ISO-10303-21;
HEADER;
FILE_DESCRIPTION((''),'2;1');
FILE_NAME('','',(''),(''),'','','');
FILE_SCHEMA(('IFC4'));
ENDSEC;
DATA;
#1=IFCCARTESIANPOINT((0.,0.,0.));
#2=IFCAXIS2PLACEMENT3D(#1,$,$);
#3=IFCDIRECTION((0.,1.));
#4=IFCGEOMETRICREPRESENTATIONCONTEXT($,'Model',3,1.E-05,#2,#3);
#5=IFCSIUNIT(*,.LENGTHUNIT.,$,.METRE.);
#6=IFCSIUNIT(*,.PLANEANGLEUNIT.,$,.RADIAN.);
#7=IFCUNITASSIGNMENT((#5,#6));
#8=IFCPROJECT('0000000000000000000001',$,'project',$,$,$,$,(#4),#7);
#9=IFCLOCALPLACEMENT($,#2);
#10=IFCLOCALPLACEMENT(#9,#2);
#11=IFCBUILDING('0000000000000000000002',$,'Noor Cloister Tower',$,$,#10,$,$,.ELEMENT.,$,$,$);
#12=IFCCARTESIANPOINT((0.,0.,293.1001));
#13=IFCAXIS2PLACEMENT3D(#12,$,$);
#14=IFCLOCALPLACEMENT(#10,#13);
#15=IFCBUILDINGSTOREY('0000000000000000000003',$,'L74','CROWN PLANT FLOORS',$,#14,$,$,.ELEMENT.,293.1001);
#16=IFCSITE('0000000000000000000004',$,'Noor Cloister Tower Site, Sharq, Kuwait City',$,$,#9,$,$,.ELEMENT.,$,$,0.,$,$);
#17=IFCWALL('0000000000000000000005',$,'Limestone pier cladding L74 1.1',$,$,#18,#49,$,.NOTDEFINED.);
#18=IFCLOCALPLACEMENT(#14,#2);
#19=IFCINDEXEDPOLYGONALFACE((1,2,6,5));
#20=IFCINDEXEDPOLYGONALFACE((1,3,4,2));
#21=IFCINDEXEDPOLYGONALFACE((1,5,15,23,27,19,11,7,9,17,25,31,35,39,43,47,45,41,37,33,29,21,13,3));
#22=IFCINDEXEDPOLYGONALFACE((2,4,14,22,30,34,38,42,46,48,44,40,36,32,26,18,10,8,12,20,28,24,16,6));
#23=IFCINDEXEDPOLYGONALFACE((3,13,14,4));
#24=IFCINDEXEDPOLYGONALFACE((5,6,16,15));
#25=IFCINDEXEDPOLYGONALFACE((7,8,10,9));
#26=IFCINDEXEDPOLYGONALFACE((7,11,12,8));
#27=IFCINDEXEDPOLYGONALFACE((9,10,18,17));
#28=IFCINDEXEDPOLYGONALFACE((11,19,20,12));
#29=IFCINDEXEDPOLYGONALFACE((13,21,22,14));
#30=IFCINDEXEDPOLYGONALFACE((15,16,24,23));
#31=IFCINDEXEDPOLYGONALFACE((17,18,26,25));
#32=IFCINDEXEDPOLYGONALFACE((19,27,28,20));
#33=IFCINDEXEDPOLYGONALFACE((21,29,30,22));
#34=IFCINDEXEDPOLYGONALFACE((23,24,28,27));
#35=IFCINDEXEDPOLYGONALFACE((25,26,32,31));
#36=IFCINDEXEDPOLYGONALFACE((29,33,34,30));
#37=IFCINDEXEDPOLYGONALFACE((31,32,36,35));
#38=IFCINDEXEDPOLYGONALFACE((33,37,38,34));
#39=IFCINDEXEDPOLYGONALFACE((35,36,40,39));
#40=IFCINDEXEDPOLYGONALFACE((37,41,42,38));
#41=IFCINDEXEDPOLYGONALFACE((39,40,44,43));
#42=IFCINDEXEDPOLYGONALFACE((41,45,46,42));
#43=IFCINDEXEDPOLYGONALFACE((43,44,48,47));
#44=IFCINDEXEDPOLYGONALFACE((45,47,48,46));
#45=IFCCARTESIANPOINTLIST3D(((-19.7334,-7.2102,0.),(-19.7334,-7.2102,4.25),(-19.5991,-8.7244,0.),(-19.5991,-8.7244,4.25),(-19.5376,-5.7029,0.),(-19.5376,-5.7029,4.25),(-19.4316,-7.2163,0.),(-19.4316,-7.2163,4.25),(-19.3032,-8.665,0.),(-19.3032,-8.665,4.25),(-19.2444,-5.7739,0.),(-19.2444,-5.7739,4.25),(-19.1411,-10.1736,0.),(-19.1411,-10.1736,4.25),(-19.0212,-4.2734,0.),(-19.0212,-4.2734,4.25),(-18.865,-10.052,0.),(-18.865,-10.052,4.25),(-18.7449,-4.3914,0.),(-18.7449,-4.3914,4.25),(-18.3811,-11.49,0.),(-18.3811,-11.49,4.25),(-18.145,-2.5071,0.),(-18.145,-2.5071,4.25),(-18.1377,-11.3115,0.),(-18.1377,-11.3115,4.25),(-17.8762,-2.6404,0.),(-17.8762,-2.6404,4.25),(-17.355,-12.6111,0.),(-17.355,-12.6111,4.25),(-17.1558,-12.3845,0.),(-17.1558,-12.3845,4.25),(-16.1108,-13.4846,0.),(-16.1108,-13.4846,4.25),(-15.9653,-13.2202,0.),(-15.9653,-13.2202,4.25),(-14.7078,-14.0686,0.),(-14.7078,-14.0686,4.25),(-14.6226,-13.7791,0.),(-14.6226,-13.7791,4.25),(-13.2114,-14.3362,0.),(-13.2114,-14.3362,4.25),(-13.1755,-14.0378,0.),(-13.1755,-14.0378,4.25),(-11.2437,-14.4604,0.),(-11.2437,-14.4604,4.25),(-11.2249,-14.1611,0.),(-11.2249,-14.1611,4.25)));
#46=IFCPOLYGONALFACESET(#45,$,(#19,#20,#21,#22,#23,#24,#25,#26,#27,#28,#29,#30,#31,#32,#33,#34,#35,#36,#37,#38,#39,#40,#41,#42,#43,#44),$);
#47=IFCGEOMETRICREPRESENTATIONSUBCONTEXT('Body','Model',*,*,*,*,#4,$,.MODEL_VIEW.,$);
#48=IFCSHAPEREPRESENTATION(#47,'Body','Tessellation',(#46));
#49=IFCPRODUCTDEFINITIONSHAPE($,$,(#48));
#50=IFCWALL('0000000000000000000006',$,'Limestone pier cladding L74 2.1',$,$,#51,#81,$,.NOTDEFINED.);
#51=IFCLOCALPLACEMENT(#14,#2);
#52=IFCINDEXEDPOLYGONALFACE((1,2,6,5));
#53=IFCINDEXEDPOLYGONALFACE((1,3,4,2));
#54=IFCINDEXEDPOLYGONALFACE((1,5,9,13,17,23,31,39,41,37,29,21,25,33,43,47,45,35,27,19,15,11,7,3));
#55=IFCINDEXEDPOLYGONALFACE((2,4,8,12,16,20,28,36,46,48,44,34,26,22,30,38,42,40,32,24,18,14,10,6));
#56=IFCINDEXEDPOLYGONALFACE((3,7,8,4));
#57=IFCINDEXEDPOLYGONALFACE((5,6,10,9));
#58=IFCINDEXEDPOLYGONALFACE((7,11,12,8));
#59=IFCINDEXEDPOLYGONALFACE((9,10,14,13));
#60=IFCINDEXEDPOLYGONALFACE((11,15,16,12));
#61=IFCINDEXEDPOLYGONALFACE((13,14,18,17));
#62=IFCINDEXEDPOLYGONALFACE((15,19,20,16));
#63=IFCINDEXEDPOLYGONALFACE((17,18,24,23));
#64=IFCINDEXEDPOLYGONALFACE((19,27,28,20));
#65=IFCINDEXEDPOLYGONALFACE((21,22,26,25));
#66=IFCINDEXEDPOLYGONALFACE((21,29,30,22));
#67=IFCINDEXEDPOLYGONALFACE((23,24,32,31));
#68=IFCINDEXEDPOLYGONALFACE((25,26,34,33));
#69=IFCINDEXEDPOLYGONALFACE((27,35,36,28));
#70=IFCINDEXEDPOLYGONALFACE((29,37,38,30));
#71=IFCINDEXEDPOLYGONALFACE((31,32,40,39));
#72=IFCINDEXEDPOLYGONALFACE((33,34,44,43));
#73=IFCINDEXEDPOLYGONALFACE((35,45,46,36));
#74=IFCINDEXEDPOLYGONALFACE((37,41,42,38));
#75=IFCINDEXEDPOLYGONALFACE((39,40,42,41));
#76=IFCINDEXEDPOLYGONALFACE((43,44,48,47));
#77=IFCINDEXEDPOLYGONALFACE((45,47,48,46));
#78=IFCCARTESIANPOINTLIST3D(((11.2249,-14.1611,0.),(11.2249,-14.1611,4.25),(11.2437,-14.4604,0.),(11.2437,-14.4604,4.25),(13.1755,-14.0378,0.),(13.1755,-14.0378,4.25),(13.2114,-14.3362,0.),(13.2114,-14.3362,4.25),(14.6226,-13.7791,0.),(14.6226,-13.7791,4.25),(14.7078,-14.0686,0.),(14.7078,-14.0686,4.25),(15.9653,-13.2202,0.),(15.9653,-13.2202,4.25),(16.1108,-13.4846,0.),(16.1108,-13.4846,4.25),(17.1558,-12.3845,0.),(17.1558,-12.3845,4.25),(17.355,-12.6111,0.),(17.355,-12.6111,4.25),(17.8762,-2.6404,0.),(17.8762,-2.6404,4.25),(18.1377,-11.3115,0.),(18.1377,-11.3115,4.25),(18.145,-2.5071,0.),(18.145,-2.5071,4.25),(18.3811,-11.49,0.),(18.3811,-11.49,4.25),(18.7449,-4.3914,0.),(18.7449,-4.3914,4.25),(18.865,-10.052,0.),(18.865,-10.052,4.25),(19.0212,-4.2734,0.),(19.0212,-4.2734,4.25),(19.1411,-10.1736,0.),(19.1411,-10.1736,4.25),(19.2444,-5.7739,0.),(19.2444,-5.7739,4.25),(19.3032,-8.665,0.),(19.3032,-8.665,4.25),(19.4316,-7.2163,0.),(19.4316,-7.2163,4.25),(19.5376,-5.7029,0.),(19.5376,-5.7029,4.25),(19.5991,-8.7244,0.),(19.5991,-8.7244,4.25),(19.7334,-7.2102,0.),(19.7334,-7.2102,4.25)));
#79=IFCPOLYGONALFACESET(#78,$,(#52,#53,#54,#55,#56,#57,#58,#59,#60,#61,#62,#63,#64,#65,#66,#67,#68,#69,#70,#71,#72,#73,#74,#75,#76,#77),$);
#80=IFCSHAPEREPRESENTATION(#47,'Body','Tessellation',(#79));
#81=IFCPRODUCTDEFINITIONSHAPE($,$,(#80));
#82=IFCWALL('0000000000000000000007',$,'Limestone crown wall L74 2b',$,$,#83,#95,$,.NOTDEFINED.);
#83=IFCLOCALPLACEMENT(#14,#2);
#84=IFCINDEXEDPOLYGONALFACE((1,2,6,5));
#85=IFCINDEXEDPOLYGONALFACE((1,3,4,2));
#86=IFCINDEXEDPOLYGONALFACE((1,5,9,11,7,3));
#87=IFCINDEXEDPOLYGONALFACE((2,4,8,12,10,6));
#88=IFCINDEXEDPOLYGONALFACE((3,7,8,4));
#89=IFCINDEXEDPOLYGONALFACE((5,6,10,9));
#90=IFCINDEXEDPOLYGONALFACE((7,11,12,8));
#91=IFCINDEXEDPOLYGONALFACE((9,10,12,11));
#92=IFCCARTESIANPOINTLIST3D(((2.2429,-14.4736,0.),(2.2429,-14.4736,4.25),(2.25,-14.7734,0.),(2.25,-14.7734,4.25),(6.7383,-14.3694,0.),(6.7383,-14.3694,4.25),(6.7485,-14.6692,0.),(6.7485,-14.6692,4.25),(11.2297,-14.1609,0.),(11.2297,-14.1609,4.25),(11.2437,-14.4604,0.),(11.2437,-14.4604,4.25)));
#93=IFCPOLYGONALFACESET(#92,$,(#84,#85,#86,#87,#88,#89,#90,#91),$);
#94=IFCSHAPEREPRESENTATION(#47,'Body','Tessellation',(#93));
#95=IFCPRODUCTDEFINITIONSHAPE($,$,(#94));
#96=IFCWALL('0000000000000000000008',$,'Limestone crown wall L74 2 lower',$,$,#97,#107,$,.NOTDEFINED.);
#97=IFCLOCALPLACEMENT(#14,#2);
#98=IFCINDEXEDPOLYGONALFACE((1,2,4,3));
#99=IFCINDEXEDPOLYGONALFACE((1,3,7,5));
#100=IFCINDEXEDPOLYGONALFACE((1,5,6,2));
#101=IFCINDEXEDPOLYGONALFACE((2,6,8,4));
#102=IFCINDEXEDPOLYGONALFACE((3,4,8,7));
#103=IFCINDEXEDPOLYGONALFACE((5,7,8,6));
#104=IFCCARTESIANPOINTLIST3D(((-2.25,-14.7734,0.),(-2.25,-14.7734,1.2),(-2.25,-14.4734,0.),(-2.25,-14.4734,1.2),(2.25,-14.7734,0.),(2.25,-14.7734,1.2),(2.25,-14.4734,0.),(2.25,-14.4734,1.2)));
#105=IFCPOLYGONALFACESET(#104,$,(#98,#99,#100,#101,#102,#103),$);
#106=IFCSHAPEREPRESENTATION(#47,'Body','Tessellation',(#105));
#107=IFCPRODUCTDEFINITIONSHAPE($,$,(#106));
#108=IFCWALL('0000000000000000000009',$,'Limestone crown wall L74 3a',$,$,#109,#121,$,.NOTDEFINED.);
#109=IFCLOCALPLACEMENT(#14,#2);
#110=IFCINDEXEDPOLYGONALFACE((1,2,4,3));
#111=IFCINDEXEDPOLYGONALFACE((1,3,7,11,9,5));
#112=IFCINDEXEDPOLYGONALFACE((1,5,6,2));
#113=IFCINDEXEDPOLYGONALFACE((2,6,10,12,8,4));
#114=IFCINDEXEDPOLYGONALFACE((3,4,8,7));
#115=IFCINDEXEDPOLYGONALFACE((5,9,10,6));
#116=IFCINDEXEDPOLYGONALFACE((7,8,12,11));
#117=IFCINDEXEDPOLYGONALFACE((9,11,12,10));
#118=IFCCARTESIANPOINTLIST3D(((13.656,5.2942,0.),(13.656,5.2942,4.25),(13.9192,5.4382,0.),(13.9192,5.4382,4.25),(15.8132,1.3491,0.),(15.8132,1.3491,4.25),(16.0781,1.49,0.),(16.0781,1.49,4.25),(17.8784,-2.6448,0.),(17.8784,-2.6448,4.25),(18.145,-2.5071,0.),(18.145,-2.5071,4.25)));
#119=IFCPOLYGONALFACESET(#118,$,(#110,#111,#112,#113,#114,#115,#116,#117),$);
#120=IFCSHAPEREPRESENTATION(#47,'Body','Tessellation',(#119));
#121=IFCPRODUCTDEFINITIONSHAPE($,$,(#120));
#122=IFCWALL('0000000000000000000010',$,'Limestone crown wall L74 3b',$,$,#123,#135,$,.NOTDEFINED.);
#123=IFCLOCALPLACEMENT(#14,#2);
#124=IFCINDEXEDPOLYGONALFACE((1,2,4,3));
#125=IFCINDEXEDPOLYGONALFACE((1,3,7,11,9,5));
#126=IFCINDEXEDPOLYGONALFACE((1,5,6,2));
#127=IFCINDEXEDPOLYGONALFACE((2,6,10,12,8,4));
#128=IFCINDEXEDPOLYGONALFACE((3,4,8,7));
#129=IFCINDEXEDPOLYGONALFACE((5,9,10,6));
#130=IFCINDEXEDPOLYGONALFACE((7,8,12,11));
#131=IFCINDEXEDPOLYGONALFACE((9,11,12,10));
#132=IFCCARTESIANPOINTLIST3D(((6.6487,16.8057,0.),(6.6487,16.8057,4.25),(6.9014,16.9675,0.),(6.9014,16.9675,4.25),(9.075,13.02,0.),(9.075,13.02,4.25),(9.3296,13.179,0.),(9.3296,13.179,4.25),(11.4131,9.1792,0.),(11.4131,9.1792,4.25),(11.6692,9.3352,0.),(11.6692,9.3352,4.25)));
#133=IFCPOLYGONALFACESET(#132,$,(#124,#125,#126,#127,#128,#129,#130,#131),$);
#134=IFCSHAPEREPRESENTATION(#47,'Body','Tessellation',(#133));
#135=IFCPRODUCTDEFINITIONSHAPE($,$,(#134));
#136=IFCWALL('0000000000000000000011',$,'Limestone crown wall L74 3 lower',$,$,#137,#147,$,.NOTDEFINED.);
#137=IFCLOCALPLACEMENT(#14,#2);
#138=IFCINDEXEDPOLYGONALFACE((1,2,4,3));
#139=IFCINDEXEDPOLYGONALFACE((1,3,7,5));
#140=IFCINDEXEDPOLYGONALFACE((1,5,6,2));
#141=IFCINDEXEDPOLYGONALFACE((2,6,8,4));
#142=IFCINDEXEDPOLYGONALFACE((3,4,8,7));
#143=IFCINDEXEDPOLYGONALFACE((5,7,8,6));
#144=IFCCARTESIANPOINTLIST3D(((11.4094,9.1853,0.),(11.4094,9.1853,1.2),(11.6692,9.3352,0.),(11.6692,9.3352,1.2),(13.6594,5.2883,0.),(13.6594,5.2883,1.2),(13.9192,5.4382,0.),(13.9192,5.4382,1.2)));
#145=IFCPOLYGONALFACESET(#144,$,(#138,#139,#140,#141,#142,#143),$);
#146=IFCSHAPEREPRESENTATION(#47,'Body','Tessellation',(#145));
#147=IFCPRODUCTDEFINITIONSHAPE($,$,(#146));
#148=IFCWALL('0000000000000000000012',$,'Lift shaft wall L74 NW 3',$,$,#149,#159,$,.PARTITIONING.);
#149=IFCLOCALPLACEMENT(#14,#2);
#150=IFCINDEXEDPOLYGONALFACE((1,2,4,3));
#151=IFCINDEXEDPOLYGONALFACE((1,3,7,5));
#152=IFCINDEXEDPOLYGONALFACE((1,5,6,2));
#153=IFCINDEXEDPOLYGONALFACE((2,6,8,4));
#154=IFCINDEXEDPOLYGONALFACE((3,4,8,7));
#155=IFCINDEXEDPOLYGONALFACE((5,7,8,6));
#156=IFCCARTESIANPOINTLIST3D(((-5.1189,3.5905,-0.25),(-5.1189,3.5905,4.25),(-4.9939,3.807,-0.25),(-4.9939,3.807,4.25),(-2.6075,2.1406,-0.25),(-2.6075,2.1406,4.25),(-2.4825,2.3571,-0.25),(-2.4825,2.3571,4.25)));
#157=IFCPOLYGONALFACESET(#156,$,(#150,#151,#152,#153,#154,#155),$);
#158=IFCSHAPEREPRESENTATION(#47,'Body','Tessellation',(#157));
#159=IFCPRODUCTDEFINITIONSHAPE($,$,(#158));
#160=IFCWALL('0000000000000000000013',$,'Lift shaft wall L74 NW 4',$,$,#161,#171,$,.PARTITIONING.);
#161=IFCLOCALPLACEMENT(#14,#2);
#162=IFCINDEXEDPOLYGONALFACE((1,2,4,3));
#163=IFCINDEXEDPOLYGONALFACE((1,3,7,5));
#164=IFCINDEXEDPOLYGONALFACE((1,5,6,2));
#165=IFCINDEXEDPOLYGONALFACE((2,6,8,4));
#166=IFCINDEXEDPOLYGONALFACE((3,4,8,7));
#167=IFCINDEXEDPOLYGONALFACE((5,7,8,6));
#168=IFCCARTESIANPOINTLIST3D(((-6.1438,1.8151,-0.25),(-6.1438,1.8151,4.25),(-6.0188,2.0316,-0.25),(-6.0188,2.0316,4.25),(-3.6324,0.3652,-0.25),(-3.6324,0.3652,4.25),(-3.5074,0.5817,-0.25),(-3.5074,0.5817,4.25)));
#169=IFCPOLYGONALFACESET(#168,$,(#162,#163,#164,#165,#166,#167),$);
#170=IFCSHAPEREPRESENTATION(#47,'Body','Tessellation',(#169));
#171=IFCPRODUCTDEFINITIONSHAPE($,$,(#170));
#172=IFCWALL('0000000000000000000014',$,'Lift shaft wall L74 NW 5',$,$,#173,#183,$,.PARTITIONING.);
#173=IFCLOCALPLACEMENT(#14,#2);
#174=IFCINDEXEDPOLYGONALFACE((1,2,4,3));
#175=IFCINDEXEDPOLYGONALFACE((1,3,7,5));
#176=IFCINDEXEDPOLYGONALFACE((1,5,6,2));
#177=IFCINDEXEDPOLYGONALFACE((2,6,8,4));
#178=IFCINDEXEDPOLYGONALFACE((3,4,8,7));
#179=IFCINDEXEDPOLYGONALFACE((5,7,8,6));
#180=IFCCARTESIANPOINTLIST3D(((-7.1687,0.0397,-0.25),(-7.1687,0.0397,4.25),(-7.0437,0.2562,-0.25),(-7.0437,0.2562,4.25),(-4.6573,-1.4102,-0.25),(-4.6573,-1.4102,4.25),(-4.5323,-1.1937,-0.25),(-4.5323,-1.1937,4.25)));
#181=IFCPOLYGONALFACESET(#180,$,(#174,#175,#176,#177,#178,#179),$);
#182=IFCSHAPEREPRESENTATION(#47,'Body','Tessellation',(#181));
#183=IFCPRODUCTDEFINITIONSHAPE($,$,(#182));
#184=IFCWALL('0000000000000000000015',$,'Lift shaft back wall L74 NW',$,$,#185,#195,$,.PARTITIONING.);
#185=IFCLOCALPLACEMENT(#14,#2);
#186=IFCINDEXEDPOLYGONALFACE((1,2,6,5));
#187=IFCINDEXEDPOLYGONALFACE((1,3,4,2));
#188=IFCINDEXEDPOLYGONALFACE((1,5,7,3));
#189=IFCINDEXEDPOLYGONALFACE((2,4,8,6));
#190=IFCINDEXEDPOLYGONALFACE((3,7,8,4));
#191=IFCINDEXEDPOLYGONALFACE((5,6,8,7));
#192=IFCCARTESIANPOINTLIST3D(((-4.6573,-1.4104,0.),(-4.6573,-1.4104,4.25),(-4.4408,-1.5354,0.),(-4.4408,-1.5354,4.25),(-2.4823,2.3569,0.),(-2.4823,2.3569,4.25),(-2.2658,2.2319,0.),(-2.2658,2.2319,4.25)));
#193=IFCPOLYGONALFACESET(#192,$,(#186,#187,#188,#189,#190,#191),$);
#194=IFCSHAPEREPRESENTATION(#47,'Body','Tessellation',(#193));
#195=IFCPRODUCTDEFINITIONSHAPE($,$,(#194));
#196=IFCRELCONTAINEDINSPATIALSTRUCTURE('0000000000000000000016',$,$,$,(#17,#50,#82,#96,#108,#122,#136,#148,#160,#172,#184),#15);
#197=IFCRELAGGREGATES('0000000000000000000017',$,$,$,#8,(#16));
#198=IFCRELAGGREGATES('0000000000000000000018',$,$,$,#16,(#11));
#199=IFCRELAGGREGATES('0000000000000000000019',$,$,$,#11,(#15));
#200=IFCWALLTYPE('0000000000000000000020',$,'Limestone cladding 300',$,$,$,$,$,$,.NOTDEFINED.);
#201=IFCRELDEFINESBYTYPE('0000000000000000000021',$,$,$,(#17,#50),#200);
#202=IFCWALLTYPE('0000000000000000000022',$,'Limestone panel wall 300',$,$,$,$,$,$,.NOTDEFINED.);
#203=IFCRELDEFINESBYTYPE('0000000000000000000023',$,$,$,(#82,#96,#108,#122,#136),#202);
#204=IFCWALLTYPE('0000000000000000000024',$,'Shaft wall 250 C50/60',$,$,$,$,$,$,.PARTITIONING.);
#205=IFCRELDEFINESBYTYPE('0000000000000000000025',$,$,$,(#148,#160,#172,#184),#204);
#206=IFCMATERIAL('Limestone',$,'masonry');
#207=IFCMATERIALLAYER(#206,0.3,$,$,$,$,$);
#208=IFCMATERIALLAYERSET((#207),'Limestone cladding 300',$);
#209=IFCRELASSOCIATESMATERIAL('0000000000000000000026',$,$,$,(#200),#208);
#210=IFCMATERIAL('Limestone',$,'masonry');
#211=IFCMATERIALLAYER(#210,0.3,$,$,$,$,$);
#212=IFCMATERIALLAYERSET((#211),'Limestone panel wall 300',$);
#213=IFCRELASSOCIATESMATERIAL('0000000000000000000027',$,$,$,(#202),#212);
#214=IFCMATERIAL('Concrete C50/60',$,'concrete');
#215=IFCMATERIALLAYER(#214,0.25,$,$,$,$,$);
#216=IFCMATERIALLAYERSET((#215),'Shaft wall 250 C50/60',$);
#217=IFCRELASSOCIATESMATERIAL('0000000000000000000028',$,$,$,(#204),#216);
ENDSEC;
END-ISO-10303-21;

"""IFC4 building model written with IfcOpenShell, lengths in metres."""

from ifc_helpers import new_model, si_unit, direction, frame, frame_2d, origin, place, context, subcontext, project, spatial, polyline, rectangle, outline, extrude, material, layer, layer_set, type_object, element, save


model = new_model("IFC4")

# Units and contexts
model_context = context("Model", 3, precision=1e-05, world=origin(), true_north=direction((0.0, 1.0)))
body_context = subcontext(model_context, "Body", "Model", "MODEL_VIEW")
ifc_project = project(units=[si_unit("LENGTHUNIT", "METRE"), si_unit("PLANEANGLEUNIT", "RADIAN")], contexts=[model_context])

# Site, building, storey
site_placement = place(None, origin())
site = spatial("IfcSite", under=ifc_project, at=site_placement, Name="Noor Cloister Tower Site, Sharq, Kuwait City", CompositionType="ELEMENT", RefElevation=0.0)
building_placement = place(site_placement, origin())
building = spatial("IfcBuilding", under=site, at=building_placement, Name="Noor Cloister Tower", CompositionType="ELEMENT")
storey_placement = place(building_placement, frame((0.0, 0.0, 293.1001)))
storey = spatial("IfcBuildingStorey", under=building, at=storey_placement, Name="L74", Description="CROWN PLANT FLOORS", CompositionType="ELEMENT", Elevation=293.1001)

# Walls
ifc_material_1 = material(Name="Limestone", Category="masonry")
ifc_layer_1 = layer(ifc_material_1, 0.3)
ifc_layer_set_1 = layer_set([ifc_layer_1], Name="Limestone cladding 300")
wall_type_1 = type_object("IfcWallType", Name="Limestone cladding 300", PredefinedType="NOTDEFINED", material=ifc_layer_set_1)
wall_1_placement = place(storey_placement, origin())
element("IfcWall", 1, at=wall_1_placement, inside=storey, type_object=wall_type_1, Name="Limestone pier cladding L74 1.1", PredefinedType="NOTDEFINED", context=body_context, shape_type="SweptSolid", body=[
    extrude(outline(polyline([(-18.145, -2.5071), (-19.0212, -4.2734), (-19.5376, -5.7029), (-19.7334, -7.2102), (-19.5991, -8.7244), (-19.1411, -10.1736), (-18.3811, -11.49), (-17.355, -12.6111), (-16.1108, -13.4846), (-14.7078, -14.0686), (-13.2114, -14.3362), (-11.2437, -14.4604), (-11.2249, -14.1611), (-13.1755, -14.0378), (-14.6226, -13.7791), (-15.9653, -13.2202), (-17.1558, -12.3845), (-18.1377, -11.3115), (-18.865, -10.052), (-19.3032, -8.665), (-19.4316, -7.2163), (-19.2444, -5.7739), (-18.7449, -4.3914), (-17.8762, -2.6404), (-18.145, -2.5071)])), origin(), (0.0, 0.0, 1.0), 4.25),
])
wall_2_placement = place(storey_placement, origin())
element("IfcWall", 2, at=wall_2_placement, inside=storey, type_object=wall_type_1, Name="Limestone pier cladding L74 2.1", PredefinedType="NOTDEFINED", context=body_context, shape_type="SweptSolid", body=[
    extrude(outline(polyline([(11.2437, -14.4604), (13.2114, -14.3362), (14.7078, -14.0686), (16.1108, -13.4846), (17.355, -12.6111), (18.3811, -11.49), (19.1411, -10.1736), (19.5991, -8.7244), (19.7334, -7.2102), (19.5376, -5.7029), (19.0212, -4.2734), (18.145, -2.5071), (17.8762, -2.6404), (18.7449, -4.3914), (19.2444, -5.7739), (19.4316, -7.2163), (19.3032, -8.665), (18.865, -10.052), (18.1377, -11.3115), (17.1558, -12.3845), (15.9653, -13.2202), (14.6226, -13.7791), (13.1755, -14.0378), (11.2249, -14.1611), (11.2437, -14.4604)])), origin(), (0.0, 0.0, 1.0), 4.25),
])
ifc_material_2 = material(Name="Limestone", Category="masonry")
ifc_layer_2 = layer(ifc_material_2, 0.3)
ifc_layer_set_2 = layer_set([ifc_layer_2], Name="Limestone panel wall 300")
wall_type_2 = type_object("IfcWallType", Name="Limestone panel wall 300", PredefinedType="NOTDEFINED", material=ifc_layer_set_2)
wall_3_placement = place(storey_placement, origin())
element("IfcWall", 3, at=wall_3_placement, inside=storey, type_object=wall_type_2, Name="Limestone crown wall L74 2b", PredefinedType="NOTDEFINED", context=body_context, shape_type="SweptSolid", body=[
    extrude(outline(polyline([(2.25, -14.7734), (6.7485, -14.6692), (11.2437, -14.4604), (11.2297, -14.1609), (6.7383, -14.3694), (2.2429, -14.4736), (2.25, -14.7734)])), origin(), (0.0, 0.0, 1.0), 4.25),
])
wall_4_placement = place(storey_placement, origin())
element("IfcWall", 4, at=wall_4_placement, inside=storey, type_object=wall_type_2, Name="Limestone crown wall L74 2 lower", PredefinedType="NOTDEFINED", context=body_context, shape_type="SweptSolid", body=[
    extrude(outline(polyline([(-2.25, -14.7734), (2.25, -14.7734), (2.25, -14.4734), (-2.25, -14.4734), (-2.25, -14.7734)])), origin(), (0.0, 0.0, 1.0), 1.2),
])
wall_5_placement = place(storey_placement, origin())
element("IfcWall", 5, at=wall_5_placement, inside=storey, type_object=wall_type_2, Name="Limestone crown wall L74 3a", PredefinedType="NOTDEFINED", context=body_context, shape_type="SweptSolid", body=[
    extrude(outline(polyline([(18.145, -2.5071), (16.0781, 1.49), (13.9192, 5.4382), (13.656, 5.2942), (15.8132, 1.3491), (17.8784, -2.6448), (18.145, -2.5071)])), origin(), (0.0, 0.0, 1.0), 4.25),
])
wall_6_placement = place(storey_placement, origin())
element("IfcWall", 6, at=wall_6_placement, inside=storey, type_object=wall_type_2, Name="Limestone crown wall L74 3b", PredefinedType="NOTDEFINED", context=body_context, shape_type="SweptSolid", body=[
    extrude(outline(polyline([(11.6692, 9.3352), (9.3296, 13.179), (6.9014, 16.9675), (6.6487, 16.8057), (9.075, 13.02), (11.4131, 9.1792), (11.6692, 9.3352)])), origin(), (0.0, 0.0, 1.0), 4.25),
])
wall_7_placement = place(storey_placement, origin())
element("IfcWall", 7, at=wall_7_placement, inside=storey, type_object=wall_type_2, Name="Limestone crown wall L74 3 lower", PredefinedType="NOTDEFINED", context=body_context, shape_type="SweptSolid", body=[
    extrude(outline(polyline([(13.9192, 5.4382), (11.6692, 9.3352), (11.4094, 9.1853), (13.6594, 5.2883), (13.9192, 5.4382)])), origin(), (0.0, 0.0, 1.0), 1.2),
])
ifc_material_3 = material(Name="Concrete C50/60", Category="concrete")
ifc_layer_3 = layer(ifc_material_3, 0.25)
ifc_layer_set_3 = layer_set([ifc_layer_3], Name="Shaft wall 250 C50/60")
wall_type_3 = type_object("IfcWallType", Name="Shaft wall 250 C50/60", PredefinedType="PARTITIONING", material=ifc_layer_set_3)
for number, where, z_axis, x_axis, name in (
    (8, (-5.0564, 3.6987, -0.25), (0.0, 0.0, 1.0), (0.866033, -0.499987, 0.0), "Lift shaft wall L74 NW 3"),
    (9, (-6.0813, 1.9233, -0.25), (0.0, 0.0, 1.0), (0.866033, -0.499987, 0.0), "Lift shaft wall L74 NW 4"),
    (10, (-7.1062, 0.1479, -0.25), (0.0, 0.0, 1.0), (0.866033, -0.499987, 0.0), "Lift shaft wall L74 NW 5"),
):
    element("IfcWall", number, at=place(storey_placement, frame(where, z_axis=z_axis, x_axis=x_axis)), inside=storey, type_object=wall_type_3, Name=name, PredefinedType="PARTITIONING", context=body_context, shape_type="SweptSolid", body=[
        extrude(rectangle(XDim=2.8999, YDim=0.25, at=frame_2d((1.45, 0.0))), origin(), (0.0, 0.0, 1.0), 4.5),
    ])
wall_8_placement = place(storey_placement, frame((-2.374, 2.2944, 0.0), z_axis=(0.0, 0.0, 1.0), x_axis=(-0.499996, -0.866028, 0.0)))
element("IfcWall", 11, at=wall_8_placement, inside=storey, type_object=wall_type_3, Name="Lift shaft back wall L74 NW", PredefinedType="PARTITIONING", context=body_context, shape_type="SweptSolid", body=[
    extrude(rectangle(XDim=4.3501, YDim=0.25, at=frame_2d((2.175, 0.0))), origin(), (0.0, 0.0, 1.0), 4.25),
])

save(model, "model.ifc")
